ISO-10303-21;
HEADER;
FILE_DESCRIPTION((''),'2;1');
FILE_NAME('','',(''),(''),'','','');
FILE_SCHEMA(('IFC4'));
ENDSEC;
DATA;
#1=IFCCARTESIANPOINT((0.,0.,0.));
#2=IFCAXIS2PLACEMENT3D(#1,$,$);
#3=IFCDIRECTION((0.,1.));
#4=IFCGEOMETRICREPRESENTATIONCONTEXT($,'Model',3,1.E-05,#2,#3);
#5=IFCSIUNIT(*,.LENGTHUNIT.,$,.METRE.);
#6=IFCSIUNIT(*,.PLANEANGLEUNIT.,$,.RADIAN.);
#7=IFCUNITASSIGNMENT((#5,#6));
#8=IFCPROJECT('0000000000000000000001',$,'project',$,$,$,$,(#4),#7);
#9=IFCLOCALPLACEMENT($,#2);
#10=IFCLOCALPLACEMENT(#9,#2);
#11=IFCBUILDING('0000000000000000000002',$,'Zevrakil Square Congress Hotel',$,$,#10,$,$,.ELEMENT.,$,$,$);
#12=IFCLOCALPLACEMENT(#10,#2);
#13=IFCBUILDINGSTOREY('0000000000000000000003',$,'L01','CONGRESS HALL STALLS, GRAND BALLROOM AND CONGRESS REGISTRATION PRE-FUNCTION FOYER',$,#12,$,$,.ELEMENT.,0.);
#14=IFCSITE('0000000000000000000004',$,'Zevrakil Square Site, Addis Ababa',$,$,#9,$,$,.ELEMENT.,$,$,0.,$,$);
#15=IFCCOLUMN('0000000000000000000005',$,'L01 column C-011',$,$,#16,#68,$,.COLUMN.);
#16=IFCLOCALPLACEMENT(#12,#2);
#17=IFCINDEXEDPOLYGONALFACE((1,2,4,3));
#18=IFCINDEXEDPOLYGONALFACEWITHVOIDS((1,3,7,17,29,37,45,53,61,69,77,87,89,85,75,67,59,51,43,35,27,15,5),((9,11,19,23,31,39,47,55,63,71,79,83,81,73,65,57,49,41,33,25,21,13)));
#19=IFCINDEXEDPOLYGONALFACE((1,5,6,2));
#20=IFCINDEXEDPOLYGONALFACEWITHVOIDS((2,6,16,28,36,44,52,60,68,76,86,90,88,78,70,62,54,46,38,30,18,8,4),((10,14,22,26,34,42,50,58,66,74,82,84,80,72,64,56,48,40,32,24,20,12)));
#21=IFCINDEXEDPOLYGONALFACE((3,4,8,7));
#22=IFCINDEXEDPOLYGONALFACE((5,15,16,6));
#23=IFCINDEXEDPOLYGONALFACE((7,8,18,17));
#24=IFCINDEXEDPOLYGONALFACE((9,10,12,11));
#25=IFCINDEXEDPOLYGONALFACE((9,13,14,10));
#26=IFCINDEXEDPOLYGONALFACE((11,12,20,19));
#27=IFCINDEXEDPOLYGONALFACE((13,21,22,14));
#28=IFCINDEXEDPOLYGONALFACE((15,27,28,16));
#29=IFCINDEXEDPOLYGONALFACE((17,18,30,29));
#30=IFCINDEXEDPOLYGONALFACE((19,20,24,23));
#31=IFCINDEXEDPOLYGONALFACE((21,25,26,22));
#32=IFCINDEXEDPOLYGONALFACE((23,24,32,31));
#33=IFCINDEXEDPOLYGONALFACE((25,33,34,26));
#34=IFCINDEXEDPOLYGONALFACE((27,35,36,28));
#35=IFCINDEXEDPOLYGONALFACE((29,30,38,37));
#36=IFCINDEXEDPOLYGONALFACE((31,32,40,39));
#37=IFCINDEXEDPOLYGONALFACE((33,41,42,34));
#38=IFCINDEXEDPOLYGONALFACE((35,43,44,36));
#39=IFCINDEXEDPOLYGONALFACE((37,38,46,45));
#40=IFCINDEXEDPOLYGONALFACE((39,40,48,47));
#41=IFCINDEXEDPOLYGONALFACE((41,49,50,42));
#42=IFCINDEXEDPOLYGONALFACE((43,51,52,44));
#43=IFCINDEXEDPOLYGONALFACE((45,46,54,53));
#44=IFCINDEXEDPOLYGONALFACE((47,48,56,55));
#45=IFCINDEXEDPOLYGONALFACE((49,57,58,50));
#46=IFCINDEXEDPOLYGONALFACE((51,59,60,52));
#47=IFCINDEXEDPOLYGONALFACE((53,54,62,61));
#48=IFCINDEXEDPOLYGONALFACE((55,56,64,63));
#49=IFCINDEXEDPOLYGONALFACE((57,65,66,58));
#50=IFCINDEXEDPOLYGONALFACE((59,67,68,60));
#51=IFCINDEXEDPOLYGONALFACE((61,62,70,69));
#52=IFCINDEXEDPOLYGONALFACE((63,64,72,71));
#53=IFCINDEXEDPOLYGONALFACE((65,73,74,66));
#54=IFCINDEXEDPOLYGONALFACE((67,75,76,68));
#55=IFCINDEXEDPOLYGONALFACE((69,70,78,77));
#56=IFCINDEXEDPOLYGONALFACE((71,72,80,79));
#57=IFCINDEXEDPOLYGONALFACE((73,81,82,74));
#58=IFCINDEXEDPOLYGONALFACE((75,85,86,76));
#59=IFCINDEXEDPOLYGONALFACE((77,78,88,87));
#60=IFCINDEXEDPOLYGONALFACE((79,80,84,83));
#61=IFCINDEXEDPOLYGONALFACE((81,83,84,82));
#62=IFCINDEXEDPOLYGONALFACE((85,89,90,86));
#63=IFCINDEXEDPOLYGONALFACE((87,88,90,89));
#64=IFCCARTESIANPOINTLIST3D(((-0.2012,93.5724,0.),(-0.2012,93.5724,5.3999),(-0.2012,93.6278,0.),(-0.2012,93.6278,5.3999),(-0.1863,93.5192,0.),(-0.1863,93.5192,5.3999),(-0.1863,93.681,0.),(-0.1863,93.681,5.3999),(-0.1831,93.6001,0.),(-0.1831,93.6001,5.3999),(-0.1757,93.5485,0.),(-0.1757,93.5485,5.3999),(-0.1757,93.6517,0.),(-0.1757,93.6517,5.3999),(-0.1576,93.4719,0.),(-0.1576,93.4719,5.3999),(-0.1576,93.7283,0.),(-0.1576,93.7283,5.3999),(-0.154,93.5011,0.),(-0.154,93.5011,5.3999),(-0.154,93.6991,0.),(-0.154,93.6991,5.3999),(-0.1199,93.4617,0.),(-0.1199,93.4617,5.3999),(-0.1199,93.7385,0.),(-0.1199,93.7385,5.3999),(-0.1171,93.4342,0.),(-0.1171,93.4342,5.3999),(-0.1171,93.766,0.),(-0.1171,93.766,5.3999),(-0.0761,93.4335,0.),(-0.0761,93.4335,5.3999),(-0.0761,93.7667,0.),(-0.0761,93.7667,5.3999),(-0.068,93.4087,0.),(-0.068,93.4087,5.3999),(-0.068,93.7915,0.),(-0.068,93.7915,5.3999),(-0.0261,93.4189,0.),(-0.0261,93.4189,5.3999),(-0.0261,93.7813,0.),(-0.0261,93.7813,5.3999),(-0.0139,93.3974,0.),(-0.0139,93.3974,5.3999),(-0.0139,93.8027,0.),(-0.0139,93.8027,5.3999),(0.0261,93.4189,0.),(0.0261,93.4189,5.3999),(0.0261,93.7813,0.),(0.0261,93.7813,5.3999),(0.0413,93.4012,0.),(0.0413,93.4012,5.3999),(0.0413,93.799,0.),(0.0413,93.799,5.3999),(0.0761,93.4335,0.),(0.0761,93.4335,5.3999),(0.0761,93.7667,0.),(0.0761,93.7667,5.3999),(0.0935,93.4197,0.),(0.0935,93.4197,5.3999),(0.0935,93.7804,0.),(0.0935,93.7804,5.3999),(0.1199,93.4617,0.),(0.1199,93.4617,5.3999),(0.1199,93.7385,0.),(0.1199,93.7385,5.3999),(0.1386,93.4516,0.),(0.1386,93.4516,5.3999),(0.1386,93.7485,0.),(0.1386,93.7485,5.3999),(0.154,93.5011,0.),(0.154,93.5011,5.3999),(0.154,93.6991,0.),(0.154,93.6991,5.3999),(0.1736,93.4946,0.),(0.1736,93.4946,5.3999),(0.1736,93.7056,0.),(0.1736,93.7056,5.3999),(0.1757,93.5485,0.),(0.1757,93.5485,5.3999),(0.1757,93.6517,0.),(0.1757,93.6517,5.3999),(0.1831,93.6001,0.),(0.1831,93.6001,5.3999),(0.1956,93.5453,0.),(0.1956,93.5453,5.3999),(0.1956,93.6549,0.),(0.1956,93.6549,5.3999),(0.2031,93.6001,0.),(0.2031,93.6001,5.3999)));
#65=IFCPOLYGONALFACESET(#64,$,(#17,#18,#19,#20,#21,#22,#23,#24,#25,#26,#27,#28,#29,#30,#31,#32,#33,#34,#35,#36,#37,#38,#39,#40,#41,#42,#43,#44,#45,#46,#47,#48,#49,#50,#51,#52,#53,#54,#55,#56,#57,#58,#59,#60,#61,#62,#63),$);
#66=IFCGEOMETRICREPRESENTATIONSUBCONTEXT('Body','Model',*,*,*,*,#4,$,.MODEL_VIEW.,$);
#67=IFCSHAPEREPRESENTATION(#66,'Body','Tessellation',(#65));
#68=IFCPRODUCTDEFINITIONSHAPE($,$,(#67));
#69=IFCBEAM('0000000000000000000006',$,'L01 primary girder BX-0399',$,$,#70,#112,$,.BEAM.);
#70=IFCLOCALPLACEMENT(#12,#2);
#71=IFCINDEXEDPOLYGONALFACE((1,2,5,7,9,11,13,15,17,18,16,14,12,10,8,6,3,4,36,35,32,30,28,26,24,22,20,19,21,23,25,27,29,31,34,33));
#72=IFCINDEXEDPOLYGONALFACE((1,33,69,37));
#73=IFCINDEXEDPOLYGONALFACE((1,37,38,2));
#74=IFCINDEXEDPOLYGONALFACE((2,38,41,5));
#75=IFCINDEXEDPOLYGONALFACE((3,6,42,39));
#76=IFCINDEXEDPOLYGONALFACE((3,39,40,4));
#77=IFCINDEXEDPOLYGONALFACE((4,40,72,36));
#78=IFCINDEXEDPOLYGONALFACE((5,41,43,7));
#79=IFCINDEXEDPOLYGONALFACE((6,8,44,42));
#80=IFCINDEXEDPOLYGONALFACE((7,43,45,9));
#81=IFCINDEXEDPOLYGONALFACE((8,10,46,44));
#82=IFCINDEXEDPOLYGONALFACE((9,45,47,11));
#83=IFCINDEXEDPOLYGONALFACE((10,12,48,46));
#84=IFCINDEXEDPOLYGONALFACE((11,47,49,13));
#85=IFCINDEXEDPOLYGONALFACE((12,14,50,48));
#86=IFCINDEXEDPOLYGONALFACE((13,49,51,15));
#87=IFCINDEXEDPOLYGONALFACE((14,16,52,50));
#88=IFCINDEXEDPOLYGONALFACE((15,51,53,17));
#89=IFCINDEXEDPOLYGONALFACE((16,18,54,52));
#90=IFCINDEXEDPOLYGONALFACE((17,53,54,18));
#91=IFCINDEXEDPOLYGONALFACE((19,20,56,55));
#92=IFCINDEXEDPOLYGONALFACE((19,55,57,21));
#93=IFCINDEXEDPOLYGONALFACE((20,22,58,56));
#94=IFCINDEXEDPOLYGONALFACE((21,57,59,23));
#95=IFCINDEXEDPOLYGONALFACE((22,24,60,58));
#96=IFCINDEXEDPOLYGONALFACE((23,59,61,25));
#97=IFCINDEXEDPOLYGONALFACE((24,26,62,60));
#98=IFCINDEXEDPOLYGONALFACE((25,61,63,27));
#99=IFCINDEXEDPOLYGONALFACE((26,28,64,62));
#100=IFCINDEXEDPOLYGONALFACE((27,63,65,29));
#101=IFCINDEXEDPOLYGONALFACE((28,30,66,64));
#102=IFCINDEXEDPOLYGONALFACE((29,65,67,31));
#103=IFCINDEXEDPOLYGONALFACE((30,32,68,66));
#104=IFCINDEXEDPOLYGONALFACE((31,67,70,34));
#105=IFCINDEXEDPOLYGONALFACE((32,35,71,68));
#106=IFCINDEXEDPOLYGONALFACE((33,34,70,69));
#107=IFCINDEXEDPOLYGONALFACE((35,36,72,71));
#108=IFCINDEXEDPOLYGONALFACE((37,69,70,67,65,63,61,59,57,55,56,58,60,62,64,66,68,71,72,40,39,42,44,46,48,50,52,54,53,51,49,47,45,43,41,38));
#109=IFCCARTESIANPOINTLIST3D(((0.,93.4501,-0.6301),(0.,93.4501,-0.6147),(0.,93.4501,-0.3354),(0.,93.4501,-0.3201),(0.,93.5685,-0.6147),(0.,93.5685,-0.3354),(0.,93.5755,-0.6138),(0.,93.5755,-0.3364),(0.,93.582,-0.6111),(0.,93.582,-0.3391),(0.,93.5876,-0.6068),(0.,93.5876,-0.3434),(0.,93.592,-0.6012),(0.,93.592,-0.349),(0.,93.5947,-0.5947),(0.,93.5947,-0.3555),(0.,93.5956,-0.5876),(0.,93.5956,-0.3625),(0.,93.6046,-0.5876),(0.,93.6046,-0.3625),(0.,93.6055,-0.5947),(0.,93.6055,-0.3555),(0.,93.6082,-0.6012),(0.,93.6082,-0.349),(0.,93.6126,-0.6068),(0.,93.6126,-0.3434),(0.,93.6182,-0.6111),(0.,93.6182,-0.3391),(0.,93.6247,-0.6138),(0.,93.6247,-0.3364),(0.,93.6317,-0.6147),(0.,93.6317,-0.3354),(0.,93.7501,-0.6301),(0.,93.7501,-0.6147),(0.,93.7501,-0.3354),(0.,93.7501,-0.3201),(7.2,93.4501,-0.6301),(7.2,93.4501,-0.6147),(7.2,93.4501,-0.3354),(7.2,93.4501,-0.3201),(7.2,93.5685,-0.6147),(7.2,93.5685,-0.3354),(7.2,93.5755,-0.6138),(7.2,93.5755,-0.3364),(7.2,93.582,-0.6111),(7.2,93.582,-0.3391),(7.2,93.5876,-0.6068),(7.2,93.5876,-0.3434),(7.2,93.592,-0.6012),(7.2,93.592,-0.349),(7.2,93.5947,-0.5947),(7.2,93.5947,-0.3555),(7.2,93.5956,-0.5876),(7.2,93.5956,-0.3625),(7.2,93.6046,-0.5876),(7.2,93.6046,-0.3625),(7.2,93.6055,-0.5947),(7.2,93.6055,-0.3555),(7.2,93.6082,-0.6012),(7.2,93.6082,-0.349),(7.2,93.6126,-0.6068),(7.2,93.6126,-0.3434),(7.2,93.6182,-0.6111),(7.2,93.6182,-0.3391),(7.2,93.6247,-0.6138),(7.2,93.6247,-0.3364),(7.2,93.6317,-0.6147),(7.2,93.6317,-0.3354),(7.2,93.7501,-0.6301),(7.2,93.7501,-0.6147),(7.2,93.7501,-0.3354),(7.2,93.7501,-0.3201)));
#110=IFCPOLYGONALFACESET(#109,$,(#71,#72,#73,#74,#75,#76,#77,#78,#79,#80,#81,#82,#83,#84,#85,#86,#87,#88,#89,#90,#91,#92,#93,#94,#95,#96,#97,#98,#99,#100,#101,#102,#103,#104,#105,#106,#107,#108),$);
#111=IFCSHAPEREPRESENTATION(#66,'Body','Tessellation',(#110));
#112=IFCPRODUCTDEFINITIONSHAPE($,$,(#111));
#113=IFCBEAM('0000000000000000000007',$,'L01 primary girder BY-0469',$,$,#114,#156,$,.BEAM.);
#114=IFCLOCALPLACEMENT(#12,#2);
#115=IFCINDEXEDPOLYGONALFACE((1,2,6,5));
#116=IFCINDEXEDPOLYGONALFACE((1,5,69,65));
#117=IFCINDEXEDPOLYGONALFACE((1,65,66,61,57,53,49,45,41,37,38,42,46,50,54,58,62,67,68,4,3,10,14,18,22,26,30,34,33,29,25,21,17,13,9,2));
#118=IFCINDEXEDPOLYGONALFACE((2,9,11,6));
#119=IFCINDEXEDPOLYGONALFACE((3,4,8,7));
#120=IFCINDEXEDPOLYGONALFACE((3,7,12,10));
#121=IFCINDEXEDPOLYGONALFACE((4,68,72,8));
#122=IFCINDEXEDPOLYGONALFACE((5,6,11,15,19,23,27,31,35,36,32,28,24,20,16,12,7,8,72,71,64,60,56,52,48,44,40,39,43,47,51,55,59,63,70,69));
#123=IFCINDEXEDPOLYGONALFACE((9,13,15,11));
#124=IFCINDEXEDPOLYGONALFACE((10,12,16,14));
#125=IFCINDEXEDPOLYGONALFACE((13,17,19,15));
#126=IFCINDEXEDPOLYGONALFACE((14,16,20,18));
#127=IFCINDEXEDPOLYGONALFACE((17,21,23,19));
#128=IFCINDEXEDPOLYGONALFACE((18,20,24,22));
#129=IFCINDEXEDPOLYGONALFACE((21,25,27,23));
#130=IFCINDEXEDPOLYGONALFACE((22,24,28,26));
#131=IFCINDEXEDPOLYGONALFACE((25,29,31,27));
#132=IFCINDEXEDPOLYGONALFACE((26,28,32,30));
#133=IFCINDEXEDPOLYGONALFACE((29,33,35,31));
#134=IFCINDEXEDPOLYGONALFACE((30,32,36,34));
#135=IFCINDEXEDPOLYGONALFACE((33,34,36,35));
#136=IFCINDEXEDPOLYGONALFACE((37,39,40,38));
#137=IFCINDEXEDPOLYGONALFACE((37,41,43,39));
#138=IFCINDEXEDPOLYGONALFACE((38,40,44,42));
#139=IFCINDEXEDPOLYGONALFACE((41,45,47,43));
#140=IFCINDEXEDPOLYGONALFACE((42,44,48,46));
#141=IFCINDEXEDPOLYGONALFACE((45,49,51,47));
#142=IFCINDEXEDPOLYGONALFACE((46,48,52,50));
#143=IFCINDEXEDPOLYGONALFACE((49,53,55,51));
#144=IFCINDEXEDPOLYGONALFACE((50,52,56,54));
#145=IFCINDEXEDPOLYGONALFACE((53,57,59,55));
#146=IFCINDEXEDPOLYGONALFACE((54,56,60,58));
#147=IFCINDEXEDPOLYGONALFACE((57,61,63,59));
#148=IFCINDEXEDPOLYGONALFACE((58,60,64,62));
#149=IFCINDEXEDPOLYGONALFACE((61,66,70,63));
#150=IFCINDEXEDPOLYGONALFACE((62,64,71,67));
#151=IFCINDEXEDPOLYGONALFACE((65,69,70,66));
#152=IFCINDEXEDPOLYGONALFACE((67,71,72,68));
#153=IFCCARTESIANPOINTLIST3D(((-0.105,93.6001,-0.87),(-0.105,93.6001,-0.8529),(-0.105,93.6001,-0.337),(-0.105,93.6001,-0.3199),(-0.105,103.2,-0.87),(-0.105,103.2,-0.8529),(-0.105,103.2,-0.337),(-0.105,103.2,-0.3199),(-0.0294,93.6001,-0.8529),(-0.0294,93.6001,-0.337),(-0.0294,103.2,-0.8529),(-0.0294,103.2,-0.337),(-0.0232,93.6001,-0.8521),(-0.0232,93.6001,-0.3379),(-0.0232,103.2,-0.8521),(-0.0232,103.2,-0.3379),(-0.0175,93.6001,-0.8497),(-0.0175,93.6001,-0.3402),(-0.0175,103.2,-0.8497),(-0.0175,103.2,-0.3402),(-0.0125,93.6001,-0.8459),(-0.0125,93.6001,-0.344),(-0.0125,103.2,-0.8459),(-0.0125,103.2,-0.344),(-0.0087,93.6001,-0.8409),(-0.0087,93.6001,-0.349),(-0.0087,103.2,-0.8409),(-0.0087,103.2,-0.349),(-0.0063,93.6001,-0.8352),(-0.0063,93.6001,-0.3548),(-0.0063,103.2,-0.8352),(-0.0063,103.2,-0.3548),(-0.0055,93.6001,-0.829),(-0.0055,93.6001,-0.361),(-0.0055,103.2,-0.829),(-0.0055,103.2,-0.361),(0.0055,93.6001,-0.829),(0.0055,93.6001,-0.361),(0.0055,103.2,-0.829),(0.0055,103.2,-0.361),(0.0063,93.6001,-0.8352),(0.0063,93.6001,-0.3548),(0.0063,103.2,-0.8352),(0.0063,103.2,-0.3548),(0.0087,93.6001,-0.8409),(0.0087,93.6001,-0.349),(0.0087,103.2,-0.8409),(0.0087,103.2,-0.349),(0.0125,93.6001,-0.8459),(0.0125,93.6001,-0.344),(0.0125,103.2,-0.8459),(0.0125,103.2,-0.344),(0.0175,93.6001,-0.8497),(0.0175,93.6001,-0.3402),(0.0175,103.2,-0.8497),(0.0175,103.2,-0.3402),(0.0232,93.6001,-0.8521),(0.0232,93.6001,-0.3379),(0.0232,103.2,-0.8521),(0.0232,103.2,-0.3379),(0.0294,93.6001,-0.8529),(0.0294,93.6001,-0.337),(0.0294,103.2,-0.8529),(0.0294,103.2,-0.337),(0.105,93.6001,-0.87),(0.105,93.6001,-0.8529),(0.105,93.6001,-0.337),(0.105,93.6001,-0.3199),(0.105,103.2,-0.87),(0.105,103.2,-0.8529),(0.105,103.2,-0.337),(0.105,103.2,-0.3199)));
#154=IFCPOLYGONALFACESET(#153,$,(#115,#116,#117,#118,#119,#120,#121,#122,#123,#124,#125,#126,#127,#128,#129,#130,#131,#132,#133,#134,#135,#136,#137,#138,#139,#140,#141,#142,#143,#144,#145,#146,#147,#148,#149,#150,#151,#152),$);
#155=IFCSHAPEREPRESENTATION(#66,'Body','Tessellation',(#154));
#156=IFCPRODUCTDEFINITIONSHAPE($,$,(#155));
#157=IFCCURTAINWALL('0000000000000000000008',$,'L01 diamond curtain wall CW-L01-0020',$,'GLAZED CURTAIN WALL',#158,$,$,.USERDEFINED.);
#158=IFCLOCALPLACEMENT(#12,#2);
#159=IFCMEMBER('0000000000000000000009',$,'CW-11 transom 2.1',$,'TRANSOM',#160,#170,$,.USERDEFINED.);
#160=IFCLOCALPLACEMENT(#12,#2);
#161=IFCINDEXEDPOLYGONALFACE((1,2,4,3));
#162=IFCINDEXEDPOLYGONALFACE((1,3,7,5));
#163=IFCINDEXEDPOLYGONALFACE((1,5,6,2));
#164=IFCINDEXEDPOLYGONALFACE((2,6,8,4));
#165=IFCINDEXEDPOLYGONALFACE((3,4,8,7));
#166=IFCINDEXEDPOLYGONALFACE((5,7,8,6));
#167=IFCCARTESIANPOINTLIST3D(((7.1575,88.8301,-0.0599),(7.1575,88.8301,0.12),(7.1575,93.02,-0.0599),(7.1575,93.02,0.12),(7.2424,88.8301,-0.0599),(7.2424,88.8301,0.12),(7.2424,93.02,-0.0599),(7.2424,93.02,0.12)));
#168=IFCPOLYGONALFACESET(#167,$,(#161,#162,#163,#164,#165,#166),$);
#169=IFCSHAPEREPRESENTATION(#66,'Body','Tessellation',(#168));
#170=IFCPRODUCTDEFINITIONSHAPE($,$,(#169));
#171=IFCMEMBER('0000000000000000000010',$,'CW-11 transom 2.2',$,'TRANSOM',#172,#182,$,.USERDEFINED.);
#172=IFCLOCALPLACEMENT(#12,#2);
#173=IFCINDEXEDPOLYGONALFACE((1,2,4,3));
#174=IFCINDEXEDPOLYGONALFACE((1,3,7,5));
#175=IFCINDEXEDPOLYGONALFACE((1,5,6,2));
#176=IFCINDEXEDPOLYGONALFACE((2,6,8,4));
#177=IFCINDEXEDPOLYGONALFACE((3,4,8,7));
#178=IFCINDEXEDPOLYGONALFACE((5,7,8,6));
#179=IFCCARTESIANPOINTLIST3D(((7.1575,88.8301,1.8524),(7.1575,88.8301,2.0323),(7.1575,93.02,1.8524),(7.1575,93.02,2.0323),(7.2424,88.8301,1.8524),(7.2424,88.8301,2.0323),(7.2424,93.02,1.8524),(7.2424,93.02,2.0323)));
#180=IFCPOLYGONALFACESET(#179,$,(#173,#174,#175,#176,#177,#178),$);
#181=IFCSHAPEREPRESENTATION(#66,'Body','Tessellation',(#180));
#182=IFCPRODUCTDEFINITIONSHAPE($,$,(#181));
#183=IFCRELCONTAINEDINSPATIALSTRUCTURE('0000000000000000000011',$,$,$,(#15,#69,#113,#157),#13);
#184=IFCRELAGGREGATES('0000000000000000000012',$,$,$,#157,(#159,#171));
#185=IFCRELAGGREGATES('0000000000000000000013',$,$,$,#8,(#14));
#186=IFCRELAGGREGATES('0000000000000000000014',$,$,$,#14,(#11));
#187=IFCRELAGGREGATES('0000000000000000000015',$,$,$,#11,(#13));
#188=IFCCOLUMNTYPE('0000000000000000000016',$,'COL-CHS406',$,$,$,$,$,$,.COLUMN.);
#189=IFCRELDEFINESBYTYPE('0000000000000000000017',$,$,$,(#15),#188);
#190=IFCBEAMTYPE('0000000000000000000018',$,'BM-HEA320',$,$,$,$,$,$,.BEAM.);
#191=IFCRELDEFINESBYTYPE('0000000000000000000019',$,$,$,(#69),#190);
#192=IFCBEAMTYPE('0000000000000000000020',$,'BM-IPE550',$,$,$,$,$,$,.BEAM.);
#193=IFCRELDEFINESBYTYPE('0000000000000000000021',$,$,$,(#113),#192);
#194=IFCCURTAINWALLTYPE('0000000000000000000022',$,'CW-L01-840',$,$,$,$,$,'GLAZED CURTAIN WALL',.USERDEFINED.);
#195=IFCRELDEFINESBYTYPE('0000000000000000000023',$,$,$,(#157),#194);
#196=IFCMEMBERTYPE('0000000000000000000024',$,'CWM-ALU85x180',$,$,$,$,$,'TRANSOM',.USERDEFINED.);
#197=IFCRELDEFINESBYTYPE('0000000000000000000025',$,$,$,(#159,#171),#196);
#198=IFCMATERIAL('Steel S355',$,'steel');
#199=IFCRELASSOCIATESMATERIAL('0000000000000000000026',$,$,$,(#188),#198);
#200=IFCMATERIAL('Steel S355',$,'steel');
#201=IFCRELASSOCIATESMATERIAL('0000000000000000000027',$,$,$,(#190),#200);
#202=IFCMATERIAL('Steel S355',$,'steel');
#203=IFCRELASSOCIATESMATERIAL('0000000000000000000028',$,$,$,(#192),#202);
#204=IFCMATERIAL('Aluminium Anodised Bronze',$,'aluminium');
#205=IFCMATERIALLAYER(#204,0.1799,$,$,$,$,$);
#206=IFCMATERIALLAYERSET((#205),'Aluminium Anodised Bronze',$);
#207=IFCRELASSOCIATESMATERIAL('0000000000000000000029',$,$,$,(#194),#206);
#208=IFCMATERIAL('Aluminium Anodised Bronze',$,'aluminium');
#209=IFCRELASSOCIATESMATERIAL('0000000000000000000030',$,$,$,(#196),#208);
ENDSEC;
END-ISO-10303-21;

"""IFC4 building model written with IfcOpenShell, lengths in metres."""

from ifc_helpers import new_model, si_unit, direction, frame, origin, origin_2d, place, context, subcontext, project, spatial, rectangle, hollow_circle, i_section, extrude, material, layer, layer_set, material_profile, profile_set, type_object, element, aggregate, save


model = new_model("IFC4")

# Units and contexts
model_context = context("Model", 3, precision=1e-05, world=origin(), true_north=direction((0.0, 1.0)))
body_context = subcontext(model_context, "Body", "Model", "MODEL_VIEW")
ifc_project = project(units=[si_unit("LENGTHUNIT", "METRE"), si_unit("PLANEANGLEUNIT", "RADIAN")], contexts=[model_context])

# Site, building, storey
site_placement = place(None, origin())
site = spatial("IfcSite", under=ifc_project, at=site_placement, Name="Zevrakil Square Site, Addis Ababa", CompositionType="ELEMENT", RefElevation=0.0)
building_placement = place(site_placement, origin())
building = spatial("IfcBuilding", under=site, at=building_placement, Name="Zevrakil Square Congress Hotel", CompositionType="ELEMENT")
storey_placement = place(building_placement, origin())
storey = spatial("IfcBuildingStorey", under=building, at=storey_placement, Name="L01", Description="CONGRESS HALL STALLS, GRAND BALLROOM AND CONGRESS REGISTRATION PRE-FUNCTION FOYER", CompositionType="ELEMENT", Elevation=0.0)

# Column
ifc_material_1 = material(Name="Steel S355", Category="steel")
ifc_material_profile_1 = material_profile(ifc_material_1, hollow_circle(Radius=0.2031, WallThickness=0.02, at=origin_2d()), Name="CHS 406.4x20")
ifc_profile_set_1 = profile_set([ifc_material_profile_1], Name="Steel S355")
column_type = type_object("IfcColumnType", Name="COL-CHS406", PredefinedType="COLUMN", material=ifc_profile_set_1)
column_placement = place(storey_placement, frame((0.0, 93.6001, 0.0), z_axis=(0.0, 0.0, 1.0), x_axis=(1.0, 0.0, 0.0)))
element("IfcColumn", 1, at=column_placement, inside=storey, type_object=column_type, Name="L01 column C-011", PredefinedType="COLUMN", context=body_context, shape_type="SweptSolid", body=[
    extrude(hollow_circle(Radius=0.2031, WallThickness=0.02, at=origin_2d()), origin(), (0.0, 0.0, 1.0), 5.3999),
])

# Beams
ifc_material_2 = material(Name="Steel S355", Category="steel")
ifc_material_profile_2 = material_profile(ifc_material_2, i_section(OverallWidth=0.3, OverallDepth=0.3101, WebThickness=0.009, FlangeThickness=0.0154, FilletRadius=0.0271, at=origin_2d()), Name="HEA 320")
ifc_profile_set_2 = profile_set([ifc_material_profile_2], Name="Steel S355")
beam_type_1 = type_object("IfcBeamType", Name="BM-HEA320", PredefinedType="BEAM", material=ifc_profile_set_2)
beam_1_placement = place(storey_placement, frame((0.0, 93.6001, -0.4751), z_axis=(1.0, 0.0, 0.0), x_axis=(0.0, 1.0, 0.0)))
element("IfcBeam", 2, at=beam_1_placement, inside=storey, type_object=beam_type_1, Name="L01 primary girder BX-0399", PredefinedType="BEAM", context=body_context, shape_type="SweptSolid", body=[
    extrude(i_section(OverallWidth=0.3, OverallDepth=0.3101, WebThickness=0.009, FlangeThickness=0.0154, FilletRadius=0.0271, at=origin_2d()), origin(), (0.0, 0.0, 1.0), 7.2),
])
ifc_material_3 = material(Name="Steel S355", Category="steel")
ifc_material_profile_3 = material_profile(ifc_material_3, i_section(OverallWidth=0.21, OverallDepth=0.55, WebThickness=0.011, FlangeThickness=0.0171, FilletRadius=0.0239, at=origin_2d()), Name="IPE 550")
ifc_profile_set_3 = profile_set([ifc_material_profile_3], Name="Steel S355")
beam_type_2 = type_object("IfcBeamType", Name="BM-IPE550", PredefinedType="BEAM", material=ifc_profile_set_3)
beam_2_placement = place(storey_placement, frame((0.0, 93.6001, -0.595), z_axis=(0.0, 1.0, 0.0), x_axis=(-1.0, 0.0, 0.0)))
element("IfcBeam", 3, at=beam_2_placement, inside=storey, type_object=beam_type_2, Name="L01 primary girder BY-0469", PredefinedType="BEAM", context=body_context, shape_type="SweptSolid", body=[
    extrude(i_section(OverallWidth=0.21, OverallDepth=0.55, WebThickness=0.011, FlangeThickness=0.0171, FilletRadius=0.0239, at=origin_2d()), origin(), (0.0, 0.0, 1.0), 9.5999),
])

# Curtain wall, members
ifc_material_4 = material(Name="Aluminium Anodised Bronze", Category="aluminium")
ifc_layer_1 = layer(ifc_material_4, 0.1799)
ifc_layer_set_1 = layer_set([ifc_layer_1], Name="Aluminium Anodised Bronze")
curtain_wall_type = type_object("IfcCurtainWallType", Name="CW-L01-840", ElementType="GLAZED CURTAIN WALL", PredefinedType="USERDEFINED", material=ifc_layer_set_1)
curtain_wall_placement = place(storey_placement, origin())
curtain_wall = element("IfcCurtainWall", 4, at=curtain_wall_placement, inside=storey, type_object=curtain_wall_type, Name="L01 diamond curtain wall CW-L01-0020", ObjectType="GLAZED CURTAIN WALL", PredefinedType="USERDEFINED")
ifc_material_5 = material(Name="Aluminium Anodised Bronze", Category="aluminium")
ifc_material_profile_4 = material_profile(ifc_material_5, rectangle(XDim=0.085, YDim=0.1799, at=origin_2d()), Name="ALU 85x180")
ifc_profile_set_4 = profile_set([ifc_material_profile_4], Name="Aluminium Anodised Bronze")
member_type_1 = type_object("IfcMemberType", Name="CWM-ALU85x180", ElementType="TRANSOM", PredefinedType="USERDEFINED", material=ifc_profile_set_4)
member_1_placement = place(storey_placement, frame((7.2, 88.8301, 0.03), z_axis=(0.0, 1.0, 0.0), x_axis=(-1.0, 0.0, 0.0)))
member_1 = element("IfcMember", 5, at=member_1_placement, type_object=member_type_1, Name="CW-11 transom 2.1", ObjectType="TRANSOM", PredefinedType="USERDEFINED", context=body_context, shape_type="SweptSolid", body=[
    extrude(rectangle(XDim=0.085, YDim=0.1799, at=origin_2d()), origin(), (0.0, 0.0, 1.0), 4.1899),
])
member_2_placement = place(storey_placement, frame((7.2, 88.8301, 1.9424), z_axis=(0.0, 1.0, 0.0), x_axis=(-1.0, 0.0, 0.0)))
member_2 = element("IfcMember", 6, at=member_2_placement, type_object=member_type_1, Name="CW-11 transom 2.2", ObjectType="TRANSOM", PredefinedType="USERDEFINED", context=body_context, shape_type="SweptSolid", body=[
    extrude(rectangle(XDim=0.085, YDim=0.1799, at=origin_2d()), origin(), (0.0, 0.0, 1.0), 4.1899),
])
aggregate(curtain_wall, [member_1, member_2])

save(model, "model.ifc")
